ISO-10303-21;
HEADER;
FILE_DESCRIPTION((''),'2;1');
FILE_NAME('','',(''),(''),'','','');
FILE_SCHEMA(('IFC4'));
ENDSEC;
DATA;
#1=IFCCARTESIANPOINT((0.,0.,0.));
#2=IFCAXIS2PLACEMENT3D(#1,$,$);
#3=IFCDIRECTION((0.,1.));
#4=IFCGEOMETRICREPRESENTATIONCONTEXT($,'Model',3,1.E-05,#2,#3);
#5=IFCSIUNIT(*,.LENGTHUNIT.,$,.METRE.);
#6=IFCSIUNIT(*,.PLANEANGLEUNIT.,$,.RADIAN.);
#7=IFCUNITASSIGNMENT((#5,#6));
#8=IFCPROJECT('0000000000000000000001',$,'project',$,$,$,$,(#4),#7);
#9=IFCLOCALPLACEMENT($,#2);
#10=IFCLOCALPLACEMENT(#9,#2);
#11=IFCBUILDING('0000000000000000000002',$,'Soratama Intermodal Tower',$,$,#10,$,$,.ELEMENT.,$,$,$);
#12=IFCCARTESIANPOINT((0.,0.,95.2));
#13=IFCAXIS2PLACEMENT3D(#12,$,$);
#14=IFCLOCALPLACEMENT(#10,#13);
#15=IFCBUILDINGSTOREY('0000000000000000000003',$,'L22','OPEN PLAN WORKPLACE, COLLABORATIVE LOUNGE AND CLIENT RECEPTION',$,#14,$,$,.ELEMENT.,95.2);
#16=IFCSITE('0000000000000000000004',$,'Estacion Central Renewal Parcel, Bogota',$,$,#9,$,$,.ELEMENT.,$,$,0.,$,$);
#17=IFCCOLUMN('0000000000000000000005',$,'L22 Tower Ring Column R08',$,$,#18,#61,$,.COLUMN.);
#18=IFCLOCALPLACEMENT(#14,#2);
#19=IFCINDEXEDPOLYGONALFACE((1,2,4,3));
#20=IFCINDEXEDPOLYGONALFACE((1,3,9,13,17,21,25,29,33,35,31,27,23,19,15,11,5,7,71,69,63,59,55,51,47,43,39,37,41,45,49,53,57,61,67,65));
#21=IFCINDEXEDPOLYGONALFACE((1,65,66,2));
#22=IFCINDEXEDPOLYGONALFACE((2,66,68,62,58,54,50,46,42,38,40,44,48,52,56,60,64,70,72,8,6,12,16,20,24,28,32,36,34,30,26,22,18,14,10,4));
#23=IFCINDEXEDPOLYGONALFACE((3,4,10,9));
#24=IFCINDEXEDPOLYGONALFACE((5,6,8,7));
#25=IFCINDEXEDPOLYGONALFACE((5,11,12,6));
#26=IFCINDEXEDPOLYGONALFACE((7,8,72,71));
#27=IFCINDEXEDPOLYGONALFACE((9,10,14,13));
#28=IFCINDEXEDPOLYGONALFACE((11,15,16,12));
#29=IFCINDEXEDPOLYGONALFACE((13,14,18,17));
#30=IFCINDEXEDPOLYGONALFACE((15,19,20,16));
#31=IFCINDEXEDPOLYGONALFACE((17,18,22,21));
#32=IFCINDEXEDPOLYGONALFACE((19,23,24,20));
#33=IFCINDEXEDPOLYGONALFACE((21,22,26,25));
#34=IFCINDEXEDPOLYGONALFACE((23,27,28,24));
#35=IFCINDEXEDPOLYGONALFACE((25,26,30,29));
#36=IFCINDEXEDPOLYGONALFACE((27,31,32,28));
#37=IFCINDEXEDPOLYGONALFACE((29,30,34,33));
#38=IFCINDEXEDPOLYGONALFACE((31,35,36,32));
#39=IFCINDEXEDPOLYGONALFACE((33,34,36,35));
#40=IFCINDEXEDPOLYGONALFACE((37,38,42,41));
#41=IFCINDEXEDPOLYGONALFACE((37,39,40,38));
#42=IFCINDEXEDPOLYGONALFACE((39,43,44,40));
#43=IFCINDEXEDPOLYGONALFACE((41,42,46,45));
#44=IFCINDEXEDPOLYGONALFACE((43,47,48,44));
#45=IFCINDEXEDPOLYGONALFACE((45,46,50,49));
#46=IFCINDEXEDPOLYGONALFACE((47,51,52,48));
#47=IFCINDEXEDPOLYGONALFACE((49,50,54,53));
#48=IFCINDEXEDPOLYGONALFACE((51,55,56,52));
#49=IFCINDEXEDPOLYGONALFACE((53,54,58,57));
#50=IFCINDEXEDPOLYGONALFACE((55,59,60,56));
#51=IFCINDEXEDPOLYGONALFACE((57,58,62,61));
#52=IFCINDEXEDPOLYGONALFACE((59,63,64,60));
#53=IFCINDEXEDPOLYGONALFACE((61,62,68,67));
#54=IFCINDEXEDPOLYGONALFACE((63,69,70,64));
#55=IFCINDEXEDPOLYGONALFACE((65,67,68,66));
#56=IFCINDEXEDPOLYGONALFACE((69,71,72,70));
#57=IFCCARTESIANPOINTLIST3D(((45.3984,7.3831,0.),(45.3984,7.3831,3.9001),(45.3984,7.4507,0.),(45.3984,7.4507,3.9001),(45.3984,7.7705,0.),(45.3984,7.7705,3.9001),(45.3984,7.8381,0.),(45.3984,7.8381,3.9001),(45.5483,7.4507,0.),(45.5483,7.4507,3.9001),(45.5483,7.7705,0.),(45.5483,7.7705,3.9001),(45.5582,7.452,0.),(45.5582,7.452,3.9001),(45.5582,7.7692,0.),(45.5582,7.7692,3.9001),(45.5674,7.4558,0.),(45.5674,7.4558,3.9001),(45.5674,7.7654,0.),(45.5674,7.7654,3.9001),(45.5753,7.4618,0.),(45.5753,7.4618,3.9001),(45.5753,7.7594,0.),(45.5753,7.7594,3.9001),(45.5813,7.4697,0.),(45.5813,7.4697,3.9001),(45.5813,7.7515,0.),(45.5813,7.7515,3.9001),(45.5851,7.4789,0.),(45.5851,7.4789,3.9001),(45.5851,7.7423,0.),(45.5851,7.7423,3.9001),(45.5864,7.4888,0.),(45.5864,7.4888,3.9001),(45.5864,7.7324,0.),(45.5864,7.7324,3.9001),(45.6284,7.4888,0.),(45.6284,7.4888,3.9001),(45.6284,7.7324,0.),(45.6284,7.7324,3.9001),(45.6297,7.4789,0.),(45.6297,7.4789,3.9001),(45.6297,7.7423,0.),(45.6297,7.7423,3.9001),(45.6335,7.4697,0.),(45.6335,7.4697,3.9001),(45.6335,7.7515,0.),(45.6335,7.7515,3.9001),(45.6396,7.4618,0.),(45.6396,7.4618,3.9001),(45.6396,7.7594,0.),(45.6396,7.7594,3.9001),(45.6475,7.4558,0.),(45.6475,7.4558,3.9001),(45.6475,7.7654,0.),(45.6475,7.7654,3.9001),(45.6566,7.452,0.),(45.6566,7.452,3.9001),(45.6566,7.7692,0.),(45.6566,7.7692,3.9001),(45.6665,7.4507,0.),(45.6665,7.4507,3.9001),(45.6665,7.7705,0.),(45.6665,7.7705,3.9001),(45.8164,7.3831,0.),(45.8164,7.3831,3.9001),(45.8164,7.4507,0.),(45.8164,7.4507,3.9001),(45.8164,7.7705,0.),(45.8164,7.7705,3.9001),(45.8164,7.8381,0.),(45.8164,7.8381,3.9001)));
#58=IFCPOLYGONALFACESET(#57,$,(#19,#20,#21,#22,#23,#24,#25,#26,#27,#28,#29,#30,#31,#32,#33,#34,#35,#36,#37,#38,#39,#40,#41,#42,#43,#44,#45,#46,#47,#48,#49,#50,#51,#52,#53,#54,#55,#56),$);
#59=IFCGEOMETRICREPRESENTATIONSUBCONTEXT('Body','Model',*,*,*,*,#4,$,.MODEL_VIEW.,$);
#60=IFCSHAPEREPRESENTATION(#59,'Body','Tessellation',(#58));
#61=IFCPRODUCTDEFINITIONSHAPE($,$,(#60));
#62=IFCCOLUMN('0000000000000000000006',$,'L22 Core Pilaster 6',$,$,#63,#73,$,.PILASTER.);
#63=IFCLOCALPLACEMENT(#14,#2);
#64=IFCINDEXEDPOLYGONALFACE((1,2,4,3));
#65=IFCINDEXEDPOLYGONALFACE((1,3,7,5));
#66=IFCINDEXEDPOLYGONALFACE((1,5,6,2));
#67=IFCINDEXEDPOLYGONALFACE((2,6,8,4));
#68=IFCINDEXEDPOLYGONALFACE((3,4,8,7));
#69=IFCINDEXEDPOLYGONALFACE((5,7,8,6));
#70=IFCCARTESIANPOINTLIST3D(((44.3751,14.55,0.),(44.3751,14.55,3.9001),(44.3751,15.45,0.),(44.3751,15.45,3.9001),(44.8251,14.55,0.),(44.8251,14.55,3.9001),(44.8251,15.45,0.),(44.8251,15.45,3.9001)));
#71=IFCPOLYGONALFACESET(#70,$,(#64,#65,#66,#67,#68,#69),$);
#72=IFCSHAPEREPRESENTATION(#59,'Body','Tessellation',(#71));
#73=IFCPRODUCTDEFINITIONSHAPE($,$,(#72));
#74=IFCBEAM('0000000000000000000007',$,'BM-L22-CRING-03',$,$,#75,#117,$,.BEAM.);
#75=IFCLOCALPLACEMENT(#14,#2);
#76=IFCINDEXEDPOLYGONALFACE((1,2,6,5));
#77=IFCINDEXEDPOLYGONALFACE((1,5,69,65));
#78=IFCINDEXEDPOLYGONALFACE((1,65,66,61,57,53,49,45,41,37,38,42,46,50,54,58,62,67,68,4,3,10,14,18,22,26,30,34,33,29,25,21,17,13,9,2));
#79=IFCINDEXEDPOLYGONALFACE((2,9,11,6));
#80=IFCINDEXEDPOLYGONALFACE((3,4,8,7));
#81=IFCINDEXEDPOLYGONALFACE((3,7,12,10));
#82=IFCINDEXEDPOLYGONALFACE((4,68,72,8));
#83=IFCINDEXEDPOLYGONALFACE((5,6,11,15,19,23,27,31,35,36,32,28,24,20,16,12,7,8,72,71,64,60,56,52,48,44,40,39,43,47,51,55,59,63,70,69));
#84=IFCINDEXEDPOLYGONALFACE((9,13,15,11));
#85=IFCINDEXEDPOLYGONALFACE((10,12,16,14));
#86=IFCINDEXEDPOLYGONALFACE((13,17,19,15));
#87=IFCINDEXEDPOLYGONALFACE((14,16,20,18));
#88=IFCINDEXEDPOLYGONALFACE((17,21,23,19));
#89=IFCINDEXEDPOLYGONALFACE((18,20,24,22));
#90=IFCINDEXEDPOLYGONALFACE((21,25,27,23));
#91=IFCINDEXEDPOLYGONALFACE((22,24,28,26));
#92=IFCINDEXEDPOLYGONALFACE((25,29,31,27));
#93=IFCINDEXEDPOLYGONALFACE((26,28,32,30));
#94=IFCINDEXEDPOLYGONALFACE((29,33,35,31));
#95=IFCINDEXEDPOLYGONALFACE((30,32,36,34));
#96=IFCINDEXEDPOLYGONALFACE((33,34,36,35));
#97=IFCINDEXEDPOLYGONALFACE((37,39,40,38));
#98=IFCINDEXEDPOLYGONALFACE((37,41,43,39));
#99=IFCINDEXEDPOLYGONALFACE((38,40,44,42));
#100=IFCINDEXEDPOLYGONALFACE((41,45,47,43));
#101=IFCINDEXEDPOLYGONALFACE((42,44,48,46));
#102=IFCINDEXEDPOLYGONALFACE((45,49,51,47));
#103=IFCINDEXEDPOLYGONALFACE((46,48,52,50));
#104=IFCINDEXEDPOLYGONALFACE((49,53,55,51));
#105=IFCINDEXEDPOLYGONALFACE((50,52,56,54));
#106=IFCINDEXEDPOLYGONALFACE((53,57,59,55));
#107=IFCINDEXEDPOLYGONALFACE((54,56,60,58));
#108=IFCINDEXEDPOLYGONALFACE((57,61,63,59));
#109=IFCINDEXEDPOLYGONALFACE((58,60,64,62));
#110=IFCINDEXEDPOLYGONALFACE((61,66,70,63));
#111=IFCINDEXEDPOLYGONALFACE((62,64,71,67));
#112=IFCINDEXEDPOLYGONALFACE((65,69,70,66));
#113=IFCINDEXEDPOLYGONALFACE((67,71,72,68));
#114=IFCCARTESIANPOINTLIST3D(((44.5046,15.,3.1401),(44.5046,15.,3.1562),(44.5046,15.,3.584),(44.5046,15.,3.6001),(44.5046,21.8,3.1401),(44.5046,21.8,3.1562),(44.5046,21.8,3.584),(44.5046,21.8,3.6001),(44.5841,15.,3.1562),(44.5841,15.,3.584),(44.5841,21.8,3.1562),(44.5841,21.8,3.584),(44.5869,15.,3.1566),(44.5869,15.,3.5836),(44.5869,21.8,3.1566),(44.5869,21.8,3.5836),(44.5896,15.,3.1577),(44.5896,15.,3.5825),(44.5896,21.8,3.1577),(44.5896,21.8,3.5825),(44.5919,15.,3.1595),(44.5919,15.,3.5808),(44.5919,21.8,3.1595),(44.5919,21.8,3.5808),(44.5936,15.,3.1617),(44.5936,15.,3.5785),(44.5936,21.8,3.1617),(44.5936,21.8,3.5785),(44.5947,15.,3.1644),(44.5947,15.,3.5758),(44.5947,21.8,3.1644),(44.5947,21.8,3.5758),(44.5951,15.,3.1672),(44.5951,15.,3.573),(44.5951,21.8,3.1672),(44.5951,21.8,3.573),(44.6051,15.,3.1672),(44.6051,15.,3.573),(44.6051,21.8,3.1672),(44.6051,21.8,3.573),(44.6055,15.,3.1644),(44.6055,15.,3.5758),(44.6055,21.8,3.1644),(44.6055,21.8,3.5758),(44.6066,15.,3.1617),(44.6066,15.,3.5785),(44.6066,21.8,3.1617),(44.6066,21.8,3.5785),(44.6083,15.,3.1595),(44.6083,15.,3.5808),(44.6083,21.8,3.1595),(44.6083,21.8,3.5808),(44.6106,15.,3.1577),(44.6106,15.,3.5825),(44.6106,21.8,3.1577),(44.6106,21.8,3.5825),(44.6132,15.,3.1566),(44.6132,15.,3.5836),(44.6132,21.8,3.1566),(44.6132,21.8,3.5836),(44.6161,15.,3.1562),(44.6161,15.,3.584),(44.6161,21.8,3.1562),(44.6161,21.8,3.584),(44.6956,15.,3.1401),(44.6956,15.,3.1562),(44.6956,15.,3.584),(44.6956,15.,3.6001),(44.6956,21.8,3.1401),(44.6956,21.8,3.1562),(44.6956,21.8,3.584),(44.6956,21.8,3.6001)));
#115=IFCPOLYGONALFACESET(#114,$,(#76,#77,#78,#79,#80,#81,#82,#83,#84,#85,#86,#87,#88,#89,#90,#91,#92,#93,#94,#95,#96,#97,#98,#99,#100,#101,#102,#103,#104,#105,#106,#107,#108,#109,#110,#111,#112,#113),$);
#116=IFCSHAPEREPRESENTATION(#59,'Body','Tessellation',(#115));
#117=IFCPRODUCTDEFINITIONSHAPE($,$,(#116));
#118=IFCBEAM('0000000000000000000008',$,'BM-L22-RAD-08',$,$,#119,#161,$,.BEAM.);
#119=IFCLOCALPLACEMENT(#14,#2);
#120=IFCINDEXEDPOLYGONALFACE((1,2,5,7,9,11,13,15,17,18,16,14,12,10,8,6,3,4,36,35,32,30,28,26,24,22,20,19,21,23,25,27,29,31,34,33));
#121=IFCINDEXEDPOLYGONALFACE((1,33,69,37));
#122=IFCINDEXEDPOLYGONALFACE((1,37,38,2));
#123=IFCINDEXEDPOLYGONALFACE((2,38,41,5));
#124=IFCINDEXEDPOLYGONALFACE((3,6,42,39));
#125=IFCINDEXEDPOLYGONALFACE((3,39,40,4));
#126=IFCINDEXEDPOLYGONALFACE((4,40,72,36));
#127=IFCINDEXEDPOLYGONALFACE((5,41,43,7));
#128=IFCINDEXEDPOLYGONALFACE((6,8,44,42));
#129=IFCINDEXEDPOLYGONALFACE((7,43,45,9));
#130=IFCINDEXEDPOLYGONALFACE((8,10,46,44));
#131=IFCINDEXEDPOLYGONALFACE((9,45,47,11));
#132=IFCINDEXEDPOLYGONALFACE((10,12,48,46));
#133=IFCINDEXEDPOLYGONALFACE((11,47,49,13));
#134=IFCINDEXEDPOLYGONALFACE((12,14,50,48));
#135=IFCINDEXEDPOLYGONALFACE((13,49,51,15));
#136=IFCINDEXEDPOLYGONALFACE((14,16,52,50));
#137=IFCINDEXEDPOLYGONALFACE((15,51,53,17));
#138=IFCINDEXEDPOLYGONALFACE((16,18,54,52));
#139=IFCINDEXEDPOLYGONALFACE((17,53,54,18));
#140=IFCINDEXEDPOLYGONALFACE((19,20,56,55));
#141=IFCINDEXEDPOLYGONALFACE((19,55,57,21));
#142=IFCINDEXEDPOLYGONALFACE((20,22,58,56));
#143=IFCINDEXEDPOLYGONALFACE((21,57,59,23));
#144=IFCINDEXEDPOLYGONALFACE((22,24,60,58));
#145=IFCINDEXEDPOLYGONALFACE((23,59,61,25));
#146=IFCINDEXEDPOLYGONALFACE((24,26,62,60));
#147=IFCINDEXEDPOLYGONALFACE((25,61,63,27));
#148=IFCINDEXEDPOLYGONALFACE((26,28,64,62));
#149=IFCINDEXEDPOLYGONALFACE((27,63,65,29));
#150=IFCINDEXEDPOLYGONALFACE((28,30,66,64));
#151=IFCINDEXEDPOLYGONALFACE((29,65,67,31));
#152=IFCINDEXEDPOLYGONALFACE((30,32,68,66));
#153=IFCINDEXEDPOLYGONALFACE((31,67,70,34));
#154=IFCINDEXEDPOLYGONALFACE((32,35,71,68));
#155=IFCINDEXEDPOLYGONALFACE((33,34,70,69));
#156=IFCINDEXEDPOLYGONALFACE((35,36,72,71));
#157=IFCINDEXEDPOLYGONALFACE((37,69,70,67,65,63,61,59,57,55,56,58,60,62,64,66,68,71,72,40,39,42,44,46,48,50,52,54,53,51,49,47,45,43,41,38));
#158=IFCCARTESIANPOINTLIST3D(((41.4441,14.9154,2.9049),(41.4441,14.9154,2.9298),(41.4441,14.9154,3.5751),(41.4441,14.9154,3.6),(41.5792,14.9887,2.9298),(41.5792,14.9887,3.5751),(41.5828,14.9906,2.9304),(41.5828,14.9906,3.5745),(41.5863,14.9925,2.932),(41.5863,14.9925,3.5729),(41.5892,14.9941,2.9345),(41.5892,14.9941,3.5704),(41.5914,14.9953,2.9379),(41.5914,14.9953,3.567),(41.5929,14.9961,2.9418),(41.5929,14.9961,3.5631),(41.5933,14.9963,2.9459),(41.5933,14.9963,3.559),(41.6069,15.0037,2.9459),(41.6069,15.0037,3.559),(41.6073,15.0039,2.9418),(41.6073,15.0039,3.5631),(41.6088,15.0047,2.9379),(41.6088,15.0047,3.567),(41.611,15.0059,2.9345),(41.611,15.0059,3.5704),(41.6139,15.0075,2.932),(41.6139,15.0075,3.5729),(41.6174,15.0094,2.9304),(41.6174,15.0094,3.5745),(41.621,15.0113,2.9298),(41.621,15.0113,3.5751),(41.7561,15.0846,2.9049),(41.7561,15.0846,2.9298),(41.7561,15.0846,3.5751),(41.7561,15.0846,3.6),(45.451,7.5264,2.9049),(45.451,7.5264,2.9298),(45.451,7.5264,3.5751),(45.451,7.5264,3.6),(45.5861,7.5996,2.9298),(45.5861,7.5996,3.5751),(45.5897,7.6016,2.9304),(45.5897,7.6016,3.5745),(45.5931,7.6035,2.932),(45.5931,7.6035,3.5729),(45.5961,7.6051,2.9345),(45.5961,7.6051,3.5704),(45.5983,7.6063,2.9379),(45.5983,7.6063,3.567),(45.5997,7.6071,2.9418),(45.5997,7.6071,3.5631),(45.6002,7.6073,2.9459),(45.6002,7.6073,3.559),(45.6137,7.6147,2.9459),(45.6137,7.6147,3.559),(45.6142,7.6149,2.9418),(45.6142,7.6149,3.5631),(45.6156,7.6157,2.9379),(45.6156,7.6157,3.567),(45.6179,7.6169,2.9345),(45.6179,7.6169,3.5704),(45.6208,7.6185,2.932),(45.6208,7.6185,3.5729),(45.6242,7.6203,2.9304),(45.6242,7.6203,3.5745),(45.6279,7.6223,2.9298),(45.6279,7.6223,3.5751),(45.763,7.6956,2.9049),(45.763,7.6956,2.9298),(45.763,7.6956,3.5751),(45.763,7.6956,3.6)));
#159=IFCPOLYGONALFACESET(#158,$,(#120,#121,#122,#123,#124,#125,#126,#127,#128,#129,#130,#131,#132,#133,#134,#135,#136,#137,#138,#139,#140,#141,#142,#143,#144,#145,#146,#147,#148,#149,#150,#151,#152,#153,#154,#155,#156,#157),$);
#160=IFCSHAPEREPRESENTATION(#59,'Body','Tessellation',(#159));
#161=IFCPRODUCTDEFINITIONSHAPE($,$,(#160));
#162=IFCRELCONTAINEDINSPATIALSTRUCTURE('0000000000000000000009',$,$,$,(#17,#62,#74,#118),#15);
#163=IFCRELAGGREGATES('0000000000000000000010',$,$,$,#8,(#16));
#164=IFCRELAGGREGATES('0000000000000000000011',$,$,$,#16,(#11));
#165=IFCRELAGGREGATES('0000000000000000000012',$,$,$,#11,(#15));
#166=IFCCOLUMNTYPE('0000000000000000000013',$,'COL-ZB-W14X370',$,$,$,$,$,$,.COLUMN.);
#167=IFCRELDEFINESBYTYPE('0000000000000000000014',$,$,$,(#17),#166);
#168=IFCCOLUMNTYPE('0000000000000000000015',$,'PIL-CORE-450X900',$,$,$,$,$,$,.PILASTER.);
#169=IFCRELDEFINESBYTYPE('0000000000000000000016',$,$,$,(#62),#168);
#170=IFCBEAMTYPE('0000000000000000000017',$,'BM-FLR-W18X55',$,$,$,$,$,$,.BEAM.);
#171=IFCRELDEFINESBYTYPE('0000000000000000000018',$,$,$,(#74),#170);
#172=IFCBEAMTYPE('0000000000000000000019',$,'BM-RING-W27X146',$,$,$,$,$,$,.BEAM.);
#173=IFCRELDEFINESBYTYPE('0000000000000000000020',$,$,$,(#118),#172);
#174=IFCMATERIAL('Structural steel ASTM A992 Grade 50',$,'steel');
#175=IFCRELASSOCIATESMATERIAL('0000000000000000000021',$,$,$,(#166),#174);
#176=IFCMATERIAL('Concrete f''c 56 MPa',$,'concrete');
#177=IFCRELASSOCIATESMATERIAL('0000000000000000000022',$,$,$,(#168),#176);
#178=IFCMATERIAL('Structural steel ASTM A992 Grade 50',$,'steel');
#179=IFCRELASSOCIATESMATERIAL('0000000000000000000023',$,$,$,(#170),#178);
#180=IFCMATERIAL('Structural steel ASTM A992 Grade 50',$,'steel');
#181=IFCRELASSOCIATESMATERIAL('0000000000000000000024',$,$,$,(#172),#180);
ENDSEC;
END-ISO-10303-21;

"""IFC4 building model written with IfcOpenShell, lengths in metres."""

from ifc_helpers import new_model, si_unit, direction, frame, origin, origin_2d, place, context, subcontext, project, spatial, rectangle, i_section, extrude, material, material_profile, profile_set, type_object, element, save


model = new_model("IFC4")

# Units and contexts
model_context = context("Model", 3, precision=1e-05, world=origin(), true_north=direction((0.0, 1.0)))
body_context = subcontext(model_context, "Body", "Model", "MODEL_VIEW")
ifc_project = project(units=[si_unit("LENGTHUNIT", "METRE"), si_unit("PLANEANGLEUNIT", "RADIAN")], contexts=[model_context])

# Site, building, storey
site_placement = place(None, origin())
site = spatial("IfcSite", under=ifc_project, at=site_placement, Name="Estacion Central Renewal Parcel, Bogota", CompositionType="ELEMENT", RefElevation=0.0)
building_placement = place(site_placement, origin())
building = spatial("IfcBuilding", under=site, at=building_placement, Name="Soratama Intermodal Tower", CompositionType="ELEMENT")
storey_placement = place(building_placement, frame((0.0, 0.0, 95.2)))
storey = spatial("IfcBuildingStorey", under=building, at=storey_placement, Name="L22", Description="OPEN PLAN WORKPLACE, COLLABORATIVE LOUNGE AND CLIENT RECEPTION", CompositionType="ELEMENT", Elevation=95.2)

# Columns
ifc_material_1 = material(Name="Structural steel ASTM A992 Grade 50", Category="steel")
ifc_material_profile_1 = material_profile(ifc_material_1, i_section(OverallWidth=0.418, OverallDepth=0.4551, WebThickness=0.042, FlangeThickness=0.0676, FilletRadius=0.0381, at=origin_2d()), Name="W14X370")
ifc_profile_set_1 = profile_set([ifc_material_profile_1], Name="Structural steel ASTM A992 Grade 50")
column_type_1 = type_object("IfcColumnType", Name="COL-ZB-W14X370", PredefinedType="COLUMN", material=ifc_profile_set_1)
column_1_placement = place(storey_placement, frame((45.6074, 7.6106, 0.0), z_axis=(0.0, 0.0, 1.0), x_axis=(1.0, 0.0, 0.0)))
element("IfcColumn", 1, at=column_1_placement, inside=storey, type_object=column_type_1, Name="L22 Tower Ring Column R08", PredefinedType="COLUMN", context=body_context, shape_type="SweptSolid", body=[
    extrude(i_section(OverallWidth=0.418, OverallDepth=0.4551, WebThickness=0.042, FlangeThickness=0.0676, FilletRadius=0.0381, at=origin_2d()), origin(), (0.0, 0.0, 1.0), 3.9001),
])
ifc_material_2 = material(Name="Concrete f'c 56 MPa", Category="concrete")
ifc_material_profile_2 = material_profile(ifc_material_2, rectangle(XDim=0.45, YDim=0.8999, at=origin_2d()), Name="RC450X900")
ifc_profile_set_2 = profile_set([ifc_material_profile_2], Name="Concrete f'c 56 MPa")
column_type_2 = type_object("IfcColumnType", Name="PIL-CORE-450X900", PredefinedType="PILASTER", material=ifc_profile_set_2)
column_2_placement = place(storey_placement, frame((44.6001, 15.0, 0.0), z_axis=(0.0, 0.0, 1.0), x_axis=(1.0, 0.0, 0.0)))
element("IfcColumn", 2, at=column_2_placement, inside=storey, type_object=column_type_2, Name="L22 Core Pilaster 6", PredefinedType="PILASTER", context=body_context, shape_type="SweptSolid", body=[
    extrude(rectangle(XDim=0.45, YDim=0.8999, at=origin_2d()), origin(), (0.0, 0.0, 1.0), 3.9001),
])

# Beams
ifc_material_3 = material(Name="Structural steel ASTM A992 Grade 50", Category="steel")
ifc_material_profile_3 = material_profile(ifc_material_3, i_section(OverallWidth=0.1909, OverallDepth=0.46, WebThickness=0.01, FlangeThickness=0.0161, FilletRadius=0.011, at=origin_2d()), Name="W18X55")
ifc_profile_set_3 = profile_set([ifc_material_profile_3], Name="Structural steel ASTM A992 Grade 50")
beam_type_1 = type_object("IfcBeamType", Name="BM-FLR-W18X55", PredefinedType="BEAM", material=ifc_profile_set_3)
beam_1_placement = place(storey_placement, frame((44.6001, 15.0, 3.3701), z_axis=(0.0, 1.0, 0.0), x_axis=(-1.0, 0.0, 0.0)))
element("IfcBeam", 3, at=beam_1_placement, inside=storey, type_object=beam_type_1, Name="BM-L22-CRING-03", PredefinedType="BEAM", context=body_context, shape_type="SweptSolid", body=[
    extrude(i_section(OverallWidth=0.1909, OverallDepth=0.46, WebThickness=0.01, FlangeThickness=0.0161, FilletRadius=0.011, at=origin_2d()), origin(), (0.0, 0.0, 1.0), 6.8),
])
ifc_material_4 = material(Name="Structural steel ASTM A992 Grade 50", Category="steel")
ifc_material_profile_4 = material_profile(ifc_material_4, i_section(OverallWidth=0.355, OverallDepth=0.6951, WebThickness=0.0154, FlangeThickness=0.0249, FilletRadius=0.0161, at=origin_2d()), Name="W27X146")
ifc_profile_set_4 = profile_set([ifc_material_profile_4], Name="Structural steel ASTM A992 Grade 50")
beam_type_2 = type_object("IfcBeamType", Name="BM-RING-W27X146", PredefinedType="BEAM", material=ifc_profile_set_4)
beam_2_placement = place(storey_placement, frame((41.6001, 15.0, 3.2524), z_axis=(0.476698, -0.879067, 0.0), x_axis=(0.879067, 0.476698, 0.0)))
element("IfcBeam", 4, at=beam_2_placement, inside=storey, type_object=beam_type_2, Name="BM-L22-RAD-08", PredefinedType="BEAM", context=body_context, shape_type="SweptSolid", body=[
    extrude(i_section(OverallWidth=0.355, OverallDepth=0.6951, WebThickness=0.0154, FlangeThickness=0.0249, FilletRadius=0.0161, at=origin_2d()), origin(), (0.0, 0.0, 1.0), 8.4055),
])

save(model, "model.ifc")
